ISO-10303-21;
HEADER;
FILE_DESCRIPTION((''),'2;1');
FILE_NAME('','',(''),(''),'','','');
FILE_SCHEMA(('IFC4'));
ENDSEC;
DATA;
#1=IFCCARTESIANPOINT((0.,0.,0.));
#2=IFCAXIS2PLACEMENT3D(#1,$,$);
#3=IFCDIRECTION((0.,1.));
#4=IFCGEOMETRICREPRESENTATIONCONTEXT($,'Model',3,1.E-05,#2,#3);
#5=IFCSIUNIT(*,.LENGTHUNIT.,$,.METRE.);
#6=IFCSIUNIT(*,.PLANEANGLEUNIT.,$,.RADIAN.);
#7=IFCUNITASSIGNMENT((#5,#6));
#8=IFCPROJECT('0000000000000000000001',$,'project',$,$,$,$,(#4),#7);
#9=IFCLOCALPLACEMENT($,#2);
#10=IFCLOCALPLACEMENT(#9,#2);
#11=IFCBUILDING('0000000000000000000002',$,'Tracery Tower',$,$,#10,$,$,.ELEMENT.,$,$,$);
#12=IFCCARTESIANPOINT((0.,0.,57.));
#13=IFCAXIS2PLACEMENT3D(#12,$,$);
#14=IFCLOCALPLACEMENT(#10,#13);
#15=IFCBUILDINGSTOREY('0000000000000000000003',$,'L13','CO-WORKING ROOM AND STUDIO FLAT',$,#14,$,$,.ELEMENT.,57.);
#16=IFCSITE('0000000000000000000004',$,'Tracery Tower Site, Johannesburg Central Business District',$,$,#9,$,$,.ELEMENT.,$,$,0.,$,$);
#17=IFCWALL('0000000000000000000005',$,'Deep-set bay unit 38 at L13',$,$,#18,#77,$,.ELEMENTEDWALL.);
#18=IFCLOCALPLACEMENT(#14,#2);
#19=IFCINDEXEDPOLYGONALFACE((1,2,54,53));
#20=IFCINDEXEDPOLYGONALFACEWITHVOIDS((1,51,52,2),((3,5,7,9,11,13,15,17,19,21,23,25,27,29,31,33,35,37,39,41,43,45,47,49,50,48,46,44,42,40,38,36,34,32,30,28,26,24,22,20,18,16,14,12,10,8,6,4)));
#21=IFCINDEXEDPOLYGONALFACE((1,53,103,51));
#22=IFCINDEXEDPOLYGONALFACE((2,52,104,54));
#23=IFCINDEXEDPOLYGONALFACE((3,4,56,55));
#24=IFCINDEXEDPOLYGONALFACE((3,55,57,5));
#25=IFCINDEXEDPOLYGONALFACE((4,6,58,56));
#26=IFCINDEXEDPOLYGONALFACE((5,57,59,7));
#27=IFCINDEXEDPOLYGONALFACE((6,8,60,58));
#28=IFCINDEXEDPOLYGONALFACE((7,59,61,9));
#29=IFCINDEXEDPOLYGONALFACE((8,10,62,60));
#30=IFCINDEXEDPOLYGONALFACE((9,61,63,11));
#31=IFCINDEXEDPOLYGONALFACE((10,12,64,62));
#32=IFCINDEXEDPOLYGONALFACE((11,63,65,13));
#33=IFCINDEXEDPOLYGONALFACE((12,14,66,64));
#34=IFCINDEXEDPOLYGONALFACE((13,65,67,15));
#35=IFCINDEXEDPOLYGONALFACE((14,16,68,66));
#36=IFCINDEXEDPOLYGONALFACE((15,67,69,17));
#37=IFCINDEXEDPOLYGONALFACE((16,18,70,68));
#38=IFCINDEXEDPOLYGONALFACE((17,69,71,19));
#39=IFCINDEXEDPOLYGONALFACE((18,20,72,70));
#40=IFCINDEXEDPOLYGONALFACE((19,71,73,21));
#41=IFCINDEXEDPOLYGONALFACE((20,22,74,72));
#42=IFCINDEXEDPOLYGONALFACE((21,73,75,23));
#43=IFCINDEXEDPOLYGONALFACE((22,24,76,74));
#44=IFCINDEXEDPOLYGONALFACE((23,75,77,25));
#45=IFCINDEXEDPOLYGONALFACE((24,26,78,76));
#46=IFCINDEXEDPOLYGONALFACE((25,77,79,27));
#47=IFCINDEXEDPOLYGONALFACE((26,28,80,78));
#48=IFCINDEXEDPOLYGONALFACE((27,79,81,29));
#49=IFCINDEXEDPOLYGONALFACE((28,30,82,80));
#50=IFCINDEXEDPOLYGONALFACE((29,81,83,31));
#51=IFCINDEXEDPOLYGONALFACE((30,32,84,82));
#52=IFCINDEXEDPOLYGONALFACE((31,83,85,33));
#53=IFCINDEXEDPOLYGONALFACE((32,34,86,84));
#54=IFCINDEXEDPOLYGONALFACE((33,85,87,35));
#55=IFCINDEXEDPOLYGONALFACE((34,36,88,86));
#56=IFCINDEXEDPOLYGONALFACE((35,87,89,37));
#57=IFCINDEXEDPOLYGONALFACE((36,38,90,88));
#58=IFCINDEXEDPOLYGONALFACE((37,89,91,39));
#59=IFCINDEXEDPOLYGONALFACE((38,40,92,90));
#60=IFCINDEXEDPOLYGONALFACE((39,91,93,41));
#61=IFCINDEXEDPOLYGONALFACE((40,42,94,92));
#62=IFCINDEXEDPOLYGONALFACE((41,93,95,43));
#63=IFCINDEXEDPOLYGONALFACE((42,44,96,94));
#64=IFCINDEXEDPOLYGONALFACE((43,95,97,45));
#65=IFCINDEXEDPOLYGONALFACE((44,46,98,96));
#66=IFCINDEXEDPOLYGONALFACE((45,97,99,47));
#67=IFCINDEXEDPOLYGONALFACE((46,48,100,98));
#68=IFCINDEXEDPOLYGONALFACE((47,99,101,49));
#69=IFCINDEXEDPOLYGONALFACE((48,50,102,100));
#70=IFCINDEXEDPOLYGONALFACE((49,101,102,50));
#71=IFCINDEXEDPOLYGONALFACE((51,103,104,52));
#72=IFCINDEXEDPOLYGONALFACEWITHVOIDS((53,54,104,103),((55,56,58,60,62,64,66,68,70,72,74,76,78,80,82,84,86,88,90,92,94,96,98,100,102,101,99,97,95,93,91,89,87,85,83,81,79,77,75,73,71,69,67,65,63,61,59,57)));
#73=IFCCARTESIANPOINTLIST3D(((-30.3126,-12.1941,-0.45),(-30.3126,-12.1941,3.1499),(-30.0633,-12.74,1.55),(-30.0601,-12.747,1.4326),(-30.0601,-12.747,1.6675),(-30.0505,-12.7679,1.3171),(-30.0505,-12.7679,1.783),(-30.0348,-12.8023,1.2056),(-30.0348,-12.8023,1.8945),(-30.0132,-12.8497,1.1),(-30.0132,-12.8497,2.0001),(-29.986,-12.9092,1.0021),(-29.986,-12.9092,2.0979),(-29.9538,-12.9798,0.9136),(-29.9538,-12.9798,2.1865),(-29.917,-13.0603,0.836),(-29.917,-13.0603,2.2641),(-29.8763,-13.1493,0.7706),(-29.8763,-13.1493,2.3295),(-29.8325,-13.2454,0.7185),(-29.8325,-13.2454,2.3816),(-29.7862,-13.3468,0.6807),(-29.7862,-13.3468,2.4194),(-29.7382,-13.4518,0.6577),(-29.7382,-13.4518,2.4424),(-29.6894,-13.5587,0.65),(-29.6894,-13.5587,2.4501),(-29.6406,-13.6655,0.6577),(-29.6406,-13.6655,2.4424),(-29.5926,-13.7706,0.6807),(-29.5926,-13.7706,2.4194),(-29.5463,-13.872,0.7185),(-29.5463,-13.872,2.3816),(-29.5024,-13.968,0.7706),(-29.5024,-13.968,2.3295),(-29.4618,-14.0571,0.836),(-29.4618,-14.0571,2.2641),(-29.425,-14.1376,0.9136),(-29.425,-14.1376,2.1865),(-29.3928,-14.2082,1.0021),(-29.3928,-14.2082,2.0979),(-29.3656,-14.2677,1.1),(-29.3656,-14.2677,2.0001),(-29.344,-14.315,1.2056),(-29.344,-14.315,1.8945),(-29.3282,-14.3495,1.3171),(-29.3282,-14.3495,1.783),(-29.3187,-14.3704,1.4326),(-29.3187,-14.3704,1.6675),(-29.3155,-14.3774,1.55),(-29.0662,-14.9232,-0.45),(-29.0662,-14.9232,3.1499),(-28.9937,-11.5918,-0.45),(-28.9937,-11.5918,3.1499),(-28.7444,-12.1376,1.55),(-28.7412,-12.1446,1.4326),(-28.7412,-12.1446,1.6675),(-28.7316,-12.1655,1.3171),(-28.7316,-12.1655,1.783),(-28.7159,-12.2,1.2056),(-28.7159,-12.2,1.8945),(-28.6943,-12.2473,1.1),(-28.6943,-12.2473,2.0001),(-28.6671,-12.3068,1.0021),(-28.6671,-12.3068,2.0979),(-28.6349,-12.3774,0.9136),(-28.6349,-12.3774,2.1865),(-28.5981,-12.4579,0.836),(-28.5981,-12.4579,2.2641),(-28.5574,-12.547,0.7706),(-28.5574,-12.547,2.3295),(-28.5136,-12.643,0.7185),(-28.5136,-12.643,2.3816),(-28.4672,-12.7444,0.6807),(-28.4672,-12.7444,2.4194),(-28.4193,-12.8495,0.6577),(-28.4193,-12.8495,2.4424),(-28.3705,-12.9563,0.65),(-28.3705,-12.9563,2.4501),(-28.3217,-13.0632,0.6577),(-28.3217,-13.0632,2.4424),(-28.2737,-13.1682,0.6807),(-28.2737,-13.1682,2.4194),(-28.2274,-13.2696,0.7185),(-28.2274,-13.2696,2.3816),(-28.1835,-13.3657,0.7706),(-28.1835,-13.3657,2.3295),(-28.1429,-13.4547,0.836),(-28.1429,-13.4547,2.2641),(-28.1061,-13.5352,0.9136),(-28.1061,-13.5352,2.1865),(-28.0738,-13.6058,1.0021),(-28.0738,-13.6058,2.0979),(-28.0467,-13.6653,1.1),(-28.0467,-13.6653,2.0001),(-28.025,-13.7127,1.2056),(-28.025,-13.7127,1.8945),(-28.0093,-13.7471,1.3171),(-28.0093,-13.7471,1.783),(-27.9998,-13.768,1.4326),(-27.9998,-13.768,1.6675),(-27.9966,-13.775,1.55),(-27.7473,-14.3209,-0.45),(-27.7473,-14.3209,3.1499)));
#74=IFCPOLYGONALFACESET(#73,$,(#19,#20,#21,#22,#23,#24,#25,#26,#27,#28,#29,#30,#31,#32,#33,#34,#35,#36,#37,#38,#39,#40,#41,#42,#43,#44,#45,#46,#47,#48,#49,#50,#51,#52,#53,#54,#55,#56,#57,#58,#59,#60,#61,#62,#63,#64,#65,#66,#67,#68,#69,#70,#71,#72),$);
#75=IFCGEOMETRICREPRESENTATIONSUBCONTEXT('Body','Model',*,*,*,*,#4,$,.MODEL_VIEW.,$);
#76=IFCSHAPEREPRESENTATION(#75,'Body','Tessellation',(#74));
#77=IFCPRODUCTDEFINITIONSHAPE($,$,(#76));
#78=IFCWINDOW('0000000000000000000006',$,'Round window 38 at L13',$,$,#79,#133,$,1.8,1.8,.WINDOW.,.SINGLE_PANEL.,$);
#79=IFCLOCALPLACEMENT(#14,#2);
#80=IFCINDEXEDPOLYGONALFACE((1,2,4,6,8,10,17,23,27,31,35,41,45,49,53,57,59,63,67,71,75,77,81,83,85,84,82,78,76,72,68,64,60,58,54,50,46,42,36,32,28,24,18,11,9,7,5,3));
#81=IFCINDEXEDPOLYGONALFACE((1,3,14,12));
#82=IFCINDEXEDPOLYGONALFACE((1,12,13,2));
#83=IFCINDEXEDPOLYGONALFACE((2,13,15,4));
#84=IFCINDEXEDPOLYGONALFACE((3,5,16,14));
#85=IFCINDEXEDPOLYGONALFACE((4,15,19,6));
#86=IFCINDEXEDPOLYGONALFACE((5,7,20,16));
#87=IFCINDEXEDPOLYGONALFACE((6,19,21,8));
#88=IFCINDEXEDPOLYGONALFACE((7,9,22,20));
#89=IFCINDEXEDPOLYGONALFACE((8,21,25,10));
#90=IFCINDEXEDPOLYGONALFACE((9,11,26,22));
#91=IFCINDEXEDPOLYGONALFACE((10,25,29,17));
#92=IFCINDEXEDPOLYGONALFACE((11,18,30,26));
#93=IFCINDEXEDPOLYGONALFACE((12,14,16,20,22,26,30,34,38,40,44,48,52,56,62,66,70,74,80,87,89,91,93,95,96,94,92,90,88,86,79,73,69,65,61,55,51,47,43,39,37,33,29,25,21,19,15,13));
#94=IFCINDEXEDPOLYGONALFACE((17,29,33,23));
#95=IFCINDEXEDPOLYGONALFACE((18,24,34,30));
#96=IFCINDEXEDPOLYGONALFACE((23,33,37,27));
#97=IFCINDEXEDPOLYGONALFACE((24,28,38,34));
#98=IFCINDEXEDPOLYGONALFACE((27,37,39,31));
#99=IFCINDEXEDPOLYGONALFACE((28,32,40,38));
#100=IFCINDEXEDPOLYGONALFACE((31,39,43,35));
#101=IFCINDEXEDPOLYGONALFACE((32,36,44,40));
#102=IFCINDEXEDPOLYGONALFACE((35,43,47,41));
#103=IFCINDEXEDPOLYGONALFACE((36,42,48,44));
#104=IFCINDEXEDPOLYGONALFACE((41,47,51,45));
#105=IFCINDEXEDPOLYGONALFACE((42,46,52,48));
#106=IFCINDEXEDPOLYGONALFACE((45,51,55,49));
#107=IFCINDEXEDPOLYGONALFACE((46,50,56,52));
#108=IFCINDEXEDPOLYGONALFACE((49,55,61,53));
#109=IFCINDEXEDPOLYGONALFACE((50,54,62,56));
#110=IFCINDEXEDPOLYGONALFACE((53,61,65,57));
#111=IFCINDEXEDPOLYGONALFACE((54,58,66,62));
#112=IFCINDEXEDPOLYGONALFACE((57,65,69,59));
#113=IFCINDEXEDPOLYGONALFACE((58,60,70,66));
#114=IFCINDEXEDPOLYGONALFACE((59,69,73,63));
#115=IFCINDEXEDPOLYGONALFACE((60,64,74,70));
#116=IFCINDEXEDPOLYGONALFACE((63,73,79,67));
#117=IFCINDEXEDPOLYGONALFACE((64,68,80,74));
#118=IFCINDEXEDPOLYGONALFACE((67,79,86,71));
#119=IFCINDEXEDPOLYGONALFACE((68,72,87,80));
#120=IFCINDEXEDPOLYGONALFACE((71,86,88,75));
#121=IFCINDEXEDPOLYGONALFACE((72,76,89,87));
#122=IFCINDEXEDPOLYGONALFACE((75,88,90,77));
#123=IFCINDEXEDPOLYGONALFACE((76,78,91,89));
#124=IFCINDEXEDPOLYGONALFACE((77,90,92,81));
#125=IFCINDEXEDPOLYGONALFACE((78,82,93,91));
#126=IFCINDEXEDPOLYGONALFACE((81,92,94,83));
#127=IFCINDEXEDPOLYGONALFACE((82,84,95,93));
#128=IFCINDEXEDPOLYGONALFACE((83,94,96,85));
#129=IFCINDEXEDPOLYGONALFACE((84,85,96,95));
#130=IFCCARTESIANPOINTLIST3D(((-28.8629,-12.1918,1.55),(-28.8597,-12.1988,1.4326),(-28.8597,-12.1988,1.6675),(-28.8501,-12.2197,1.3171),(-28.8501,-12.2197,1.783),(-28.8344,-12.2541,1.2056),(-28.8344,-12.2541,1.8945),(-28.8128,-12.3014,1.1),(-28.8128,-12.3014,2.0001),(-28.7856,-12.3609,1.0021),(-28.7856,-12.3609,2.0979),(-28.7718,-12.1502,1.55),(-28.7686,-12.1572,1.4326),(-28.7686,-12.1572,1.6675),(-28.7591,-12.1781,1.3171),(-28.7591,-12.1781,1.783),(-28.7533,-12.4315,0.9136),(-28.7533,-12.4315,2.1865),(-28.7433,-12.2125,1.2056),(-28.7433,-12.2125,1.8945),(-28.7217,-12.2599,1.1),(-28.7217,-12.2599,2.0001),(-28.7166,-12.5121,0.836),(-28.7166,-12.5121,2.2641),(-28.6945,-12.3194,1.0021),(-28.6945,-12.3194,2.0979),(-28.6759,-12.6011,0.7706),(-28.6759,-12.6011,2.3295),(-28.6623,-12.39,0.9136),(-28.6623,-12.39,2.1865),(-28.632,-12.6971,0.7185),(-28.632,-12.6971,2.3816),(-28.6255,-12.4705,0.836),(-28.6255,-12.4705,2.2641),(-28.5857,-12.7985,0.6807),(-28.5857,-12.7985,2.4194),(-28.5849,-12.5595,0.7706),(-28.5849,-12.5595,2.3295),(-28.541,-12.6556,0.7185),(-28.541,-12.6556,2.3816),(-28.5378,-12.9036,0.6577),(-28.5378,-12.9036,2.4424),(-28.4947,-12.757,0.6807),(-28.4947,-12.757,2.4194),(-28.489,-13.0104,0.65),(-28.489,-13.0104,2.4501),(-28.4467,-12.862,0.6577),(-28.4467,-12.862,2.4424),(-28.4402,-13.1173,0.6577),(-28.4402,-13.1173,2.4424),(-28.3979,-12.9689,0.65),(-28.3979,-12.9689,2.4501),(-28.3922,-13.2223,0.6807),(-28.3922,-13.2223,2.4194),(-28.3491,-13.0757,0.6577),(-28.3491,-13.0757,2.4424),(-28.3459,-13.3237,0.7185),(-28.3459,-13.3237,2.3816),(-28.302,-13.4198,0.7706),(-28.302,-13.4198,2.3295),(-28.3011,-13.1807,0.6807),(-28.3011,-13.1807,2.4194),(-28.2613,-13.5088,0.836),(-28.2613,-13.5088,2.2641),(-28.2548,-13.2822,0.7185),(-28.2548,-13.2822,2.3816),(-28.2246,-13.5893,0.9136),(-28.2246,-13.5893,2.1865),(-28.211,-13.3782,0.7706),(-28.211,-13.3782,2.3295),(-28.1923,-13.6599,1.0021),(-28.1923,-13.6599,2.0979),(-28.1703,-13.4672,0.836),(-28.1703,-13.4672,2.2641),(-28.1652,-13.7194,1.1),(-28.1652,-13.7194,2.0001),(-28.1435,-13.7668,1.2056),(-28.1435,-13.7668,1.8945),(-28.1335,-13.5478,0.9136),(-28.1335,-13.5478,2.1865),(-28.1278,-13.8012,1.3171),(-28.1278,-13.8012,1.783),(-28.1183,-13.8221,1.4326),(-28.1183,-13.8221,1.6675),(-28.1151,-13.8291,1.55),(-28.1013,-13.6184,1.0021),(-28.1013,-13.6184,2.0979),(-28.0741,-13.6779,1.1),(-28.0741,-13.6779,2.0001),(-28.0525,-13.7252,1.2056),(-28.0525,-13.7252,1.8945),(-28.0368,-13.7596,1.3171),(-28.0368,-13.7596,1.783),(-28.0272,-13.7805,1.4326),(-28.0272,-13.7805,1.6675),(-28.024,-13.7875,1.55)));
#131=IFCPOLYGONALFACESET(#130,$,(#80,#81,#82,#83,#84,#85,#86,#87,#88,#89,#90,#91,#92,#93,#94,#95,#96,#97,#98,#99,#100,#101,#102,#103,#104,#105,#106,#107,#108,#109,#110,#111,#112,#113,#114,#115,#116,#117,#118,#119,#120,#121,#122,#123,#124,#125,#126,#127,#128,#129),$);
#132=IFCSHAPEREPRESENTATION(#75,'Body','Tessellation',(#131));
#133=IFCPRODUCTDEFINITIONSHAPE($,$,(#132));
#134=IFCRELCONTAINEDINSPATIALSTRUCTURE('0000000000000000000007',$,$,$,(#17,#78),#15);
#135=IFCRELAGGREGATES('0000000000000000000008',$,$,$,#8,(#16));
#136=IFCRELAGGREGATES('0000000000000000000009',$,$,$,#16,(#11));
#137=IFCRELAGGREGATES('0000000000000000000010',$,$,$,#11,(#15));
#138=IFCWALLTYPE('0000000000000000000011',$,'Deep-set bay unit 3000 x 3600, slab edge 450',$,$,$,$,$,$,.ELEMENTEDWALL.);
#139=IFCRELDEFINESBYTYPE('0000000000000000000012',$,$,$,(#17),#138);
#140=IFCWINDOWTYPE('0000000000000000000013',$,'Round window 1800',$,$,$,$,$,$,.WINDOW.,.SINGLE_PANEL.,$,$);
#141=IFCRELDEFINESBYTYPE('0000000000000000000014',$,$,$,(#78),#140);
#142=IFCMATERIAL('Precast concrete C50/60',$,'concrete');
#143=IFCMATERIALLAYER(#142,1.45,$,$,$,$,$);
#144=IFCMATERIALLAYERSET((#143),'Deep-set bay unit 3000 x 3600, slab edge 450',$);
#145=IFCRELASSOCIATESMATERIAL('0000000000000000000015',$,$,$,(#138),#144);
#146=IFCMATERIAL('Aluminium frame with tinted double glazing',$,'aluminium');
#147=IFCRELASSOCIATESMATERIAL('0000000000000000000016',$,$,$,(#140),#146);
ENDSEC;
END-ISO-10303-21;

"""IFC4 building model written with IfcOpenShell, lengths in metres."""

from ifc_helpers import new_model, si_unit, direction, frame, frame_2d, origin, origin_2d, place, context, subcontext, project, spatial, rectangle, circle, extrude, material, layer, layer_set, type_object, element, fill, save


model = new_model("IFC4")

# Units and contexts
model_context = context("Model", 3, precision=1e-05, world=origin(), true_north=direction((0.0, 1.0)))
body_context = subcontext(model_context, "Body", "Model", "MODEL_VIEW")
ifc_project = project(units=[si_unit("LENGTHUNIT", "METRE"), si_unit("PLANEANGLEUNIT", "RADIAN")], contexts=[model_context])

# Site, building, storey
site_placement = place(None, origin())
site = spatial("IfcSite", under=ifc_project, at=site_placement, Name="Tracery Tower Site, Johannesburg Central Business District", CompositionType="ELEMENT", RefElevation=0.0)
building_placement = place(site_placement, origin())
building = spatial("IfcBuilding", under=site, at=building_placement, Name="Tracery Tower", CompositionType="ELEMENT")
storey_placement = place(building_placement, frame((0.0, 0.0, 57.0)))
storey = spatial("IfcBuildingStorey", under=building, at=storey_placement, Name="L13", Description="CO-WORKING ROOM AND STUDIO FLAT", CompositionType="ELEMENT", Elevation=57.0)

# Wall, opening, window
ifc_material_1 = material(Name="Precast concrete C50/60", Category="concrete")
ifc_layer_1 = layer(ifc_material_1, 1.45)
ifc_layer_set_1 = layer_set([ifc_layer_1], Name="Deep-set bay unit 3000 x 3600, slab edge 450")
wall_type_1 = type_object("IfcWallType", Name="Deep-set bay unit 3000 x 3600, slab edge 450", PredefinedType="ELEMENTEDWALL", material=ifc_layer_set_1)
ifc_material_2 = material(Name="Aluminium frame with tinted double glazing", Category="aluminium")
window_type = type_object("IfcWindowType", Name="Round window 1800", PartitioningType="SINGLE_PANEL", PredefinedType="WINDOW", material=ifc_material_2)
wall_1_placement = place(storey_placement, frame((-29.6531, -11.8931, -0.45), z_axis=(0.0, 0.0, 1.0), x_axis=(0.415427, -0.909627, 0.0)))
wall_1 = element("IfcWall", 1, at=wall_1_placement, inside=storey, type_object=wall_type_1, Name="Deep-set bay unit 38 at L13", PredefinedType="ELEMENTEDWALL", context=body_context, shape_type="SweptSolid", body=[
    extrude(rectangle(XDim=3.0002, YDim=1.45, at=frame_2d((1.5, 0.0))), origin(), (0.0, 0.0, 1.0), 3.5999),
])
opening_1_placement = place(wall_1_placement, frame((1.5, 0.0, 2.0)))
opening_1 = element("IfcOpeningElement", 2, at=opening_1_placement, cuts=wall_1, PredefinedType="OPENING", context=body_context, shape_type="SweptSolid", body=[
    extrude(circle(Radius=0.9, at=origin_2d()), frame((0.0, 0.7349, 0.0), z_axis=(0.0, -1.0, 0.0), x_axis=(1.0, 0.0, 0.0)), (0.0, 0.0, 1.0), 1.47),
])
window_1_placement = place(opening_1_placement, origin())
window_1 = element("IfcWindow", 3, at=window_1_placement, inside=storey, type_object=window_type, Name="Round window 38 at L13", OverallHeight=1.8, OverallWidth=1.8, PartitioningType="SINGLE_PANEL", PredefinedType="WINDOW", context=body_context, shape_type="SweptSolid", body=[
    extrude(circle(Radius=0.9, at=origin_2d()), frame((0.0, 0.6948, 0.0), z_axis=(0.0, -1.0, 0.0), x_axis=(1.0, 0.0, 0.0)), (0.0, 0.0, 1.0), 0.1001),
])
fill(opening_1, window_1)

save(model, "model.ifc")
